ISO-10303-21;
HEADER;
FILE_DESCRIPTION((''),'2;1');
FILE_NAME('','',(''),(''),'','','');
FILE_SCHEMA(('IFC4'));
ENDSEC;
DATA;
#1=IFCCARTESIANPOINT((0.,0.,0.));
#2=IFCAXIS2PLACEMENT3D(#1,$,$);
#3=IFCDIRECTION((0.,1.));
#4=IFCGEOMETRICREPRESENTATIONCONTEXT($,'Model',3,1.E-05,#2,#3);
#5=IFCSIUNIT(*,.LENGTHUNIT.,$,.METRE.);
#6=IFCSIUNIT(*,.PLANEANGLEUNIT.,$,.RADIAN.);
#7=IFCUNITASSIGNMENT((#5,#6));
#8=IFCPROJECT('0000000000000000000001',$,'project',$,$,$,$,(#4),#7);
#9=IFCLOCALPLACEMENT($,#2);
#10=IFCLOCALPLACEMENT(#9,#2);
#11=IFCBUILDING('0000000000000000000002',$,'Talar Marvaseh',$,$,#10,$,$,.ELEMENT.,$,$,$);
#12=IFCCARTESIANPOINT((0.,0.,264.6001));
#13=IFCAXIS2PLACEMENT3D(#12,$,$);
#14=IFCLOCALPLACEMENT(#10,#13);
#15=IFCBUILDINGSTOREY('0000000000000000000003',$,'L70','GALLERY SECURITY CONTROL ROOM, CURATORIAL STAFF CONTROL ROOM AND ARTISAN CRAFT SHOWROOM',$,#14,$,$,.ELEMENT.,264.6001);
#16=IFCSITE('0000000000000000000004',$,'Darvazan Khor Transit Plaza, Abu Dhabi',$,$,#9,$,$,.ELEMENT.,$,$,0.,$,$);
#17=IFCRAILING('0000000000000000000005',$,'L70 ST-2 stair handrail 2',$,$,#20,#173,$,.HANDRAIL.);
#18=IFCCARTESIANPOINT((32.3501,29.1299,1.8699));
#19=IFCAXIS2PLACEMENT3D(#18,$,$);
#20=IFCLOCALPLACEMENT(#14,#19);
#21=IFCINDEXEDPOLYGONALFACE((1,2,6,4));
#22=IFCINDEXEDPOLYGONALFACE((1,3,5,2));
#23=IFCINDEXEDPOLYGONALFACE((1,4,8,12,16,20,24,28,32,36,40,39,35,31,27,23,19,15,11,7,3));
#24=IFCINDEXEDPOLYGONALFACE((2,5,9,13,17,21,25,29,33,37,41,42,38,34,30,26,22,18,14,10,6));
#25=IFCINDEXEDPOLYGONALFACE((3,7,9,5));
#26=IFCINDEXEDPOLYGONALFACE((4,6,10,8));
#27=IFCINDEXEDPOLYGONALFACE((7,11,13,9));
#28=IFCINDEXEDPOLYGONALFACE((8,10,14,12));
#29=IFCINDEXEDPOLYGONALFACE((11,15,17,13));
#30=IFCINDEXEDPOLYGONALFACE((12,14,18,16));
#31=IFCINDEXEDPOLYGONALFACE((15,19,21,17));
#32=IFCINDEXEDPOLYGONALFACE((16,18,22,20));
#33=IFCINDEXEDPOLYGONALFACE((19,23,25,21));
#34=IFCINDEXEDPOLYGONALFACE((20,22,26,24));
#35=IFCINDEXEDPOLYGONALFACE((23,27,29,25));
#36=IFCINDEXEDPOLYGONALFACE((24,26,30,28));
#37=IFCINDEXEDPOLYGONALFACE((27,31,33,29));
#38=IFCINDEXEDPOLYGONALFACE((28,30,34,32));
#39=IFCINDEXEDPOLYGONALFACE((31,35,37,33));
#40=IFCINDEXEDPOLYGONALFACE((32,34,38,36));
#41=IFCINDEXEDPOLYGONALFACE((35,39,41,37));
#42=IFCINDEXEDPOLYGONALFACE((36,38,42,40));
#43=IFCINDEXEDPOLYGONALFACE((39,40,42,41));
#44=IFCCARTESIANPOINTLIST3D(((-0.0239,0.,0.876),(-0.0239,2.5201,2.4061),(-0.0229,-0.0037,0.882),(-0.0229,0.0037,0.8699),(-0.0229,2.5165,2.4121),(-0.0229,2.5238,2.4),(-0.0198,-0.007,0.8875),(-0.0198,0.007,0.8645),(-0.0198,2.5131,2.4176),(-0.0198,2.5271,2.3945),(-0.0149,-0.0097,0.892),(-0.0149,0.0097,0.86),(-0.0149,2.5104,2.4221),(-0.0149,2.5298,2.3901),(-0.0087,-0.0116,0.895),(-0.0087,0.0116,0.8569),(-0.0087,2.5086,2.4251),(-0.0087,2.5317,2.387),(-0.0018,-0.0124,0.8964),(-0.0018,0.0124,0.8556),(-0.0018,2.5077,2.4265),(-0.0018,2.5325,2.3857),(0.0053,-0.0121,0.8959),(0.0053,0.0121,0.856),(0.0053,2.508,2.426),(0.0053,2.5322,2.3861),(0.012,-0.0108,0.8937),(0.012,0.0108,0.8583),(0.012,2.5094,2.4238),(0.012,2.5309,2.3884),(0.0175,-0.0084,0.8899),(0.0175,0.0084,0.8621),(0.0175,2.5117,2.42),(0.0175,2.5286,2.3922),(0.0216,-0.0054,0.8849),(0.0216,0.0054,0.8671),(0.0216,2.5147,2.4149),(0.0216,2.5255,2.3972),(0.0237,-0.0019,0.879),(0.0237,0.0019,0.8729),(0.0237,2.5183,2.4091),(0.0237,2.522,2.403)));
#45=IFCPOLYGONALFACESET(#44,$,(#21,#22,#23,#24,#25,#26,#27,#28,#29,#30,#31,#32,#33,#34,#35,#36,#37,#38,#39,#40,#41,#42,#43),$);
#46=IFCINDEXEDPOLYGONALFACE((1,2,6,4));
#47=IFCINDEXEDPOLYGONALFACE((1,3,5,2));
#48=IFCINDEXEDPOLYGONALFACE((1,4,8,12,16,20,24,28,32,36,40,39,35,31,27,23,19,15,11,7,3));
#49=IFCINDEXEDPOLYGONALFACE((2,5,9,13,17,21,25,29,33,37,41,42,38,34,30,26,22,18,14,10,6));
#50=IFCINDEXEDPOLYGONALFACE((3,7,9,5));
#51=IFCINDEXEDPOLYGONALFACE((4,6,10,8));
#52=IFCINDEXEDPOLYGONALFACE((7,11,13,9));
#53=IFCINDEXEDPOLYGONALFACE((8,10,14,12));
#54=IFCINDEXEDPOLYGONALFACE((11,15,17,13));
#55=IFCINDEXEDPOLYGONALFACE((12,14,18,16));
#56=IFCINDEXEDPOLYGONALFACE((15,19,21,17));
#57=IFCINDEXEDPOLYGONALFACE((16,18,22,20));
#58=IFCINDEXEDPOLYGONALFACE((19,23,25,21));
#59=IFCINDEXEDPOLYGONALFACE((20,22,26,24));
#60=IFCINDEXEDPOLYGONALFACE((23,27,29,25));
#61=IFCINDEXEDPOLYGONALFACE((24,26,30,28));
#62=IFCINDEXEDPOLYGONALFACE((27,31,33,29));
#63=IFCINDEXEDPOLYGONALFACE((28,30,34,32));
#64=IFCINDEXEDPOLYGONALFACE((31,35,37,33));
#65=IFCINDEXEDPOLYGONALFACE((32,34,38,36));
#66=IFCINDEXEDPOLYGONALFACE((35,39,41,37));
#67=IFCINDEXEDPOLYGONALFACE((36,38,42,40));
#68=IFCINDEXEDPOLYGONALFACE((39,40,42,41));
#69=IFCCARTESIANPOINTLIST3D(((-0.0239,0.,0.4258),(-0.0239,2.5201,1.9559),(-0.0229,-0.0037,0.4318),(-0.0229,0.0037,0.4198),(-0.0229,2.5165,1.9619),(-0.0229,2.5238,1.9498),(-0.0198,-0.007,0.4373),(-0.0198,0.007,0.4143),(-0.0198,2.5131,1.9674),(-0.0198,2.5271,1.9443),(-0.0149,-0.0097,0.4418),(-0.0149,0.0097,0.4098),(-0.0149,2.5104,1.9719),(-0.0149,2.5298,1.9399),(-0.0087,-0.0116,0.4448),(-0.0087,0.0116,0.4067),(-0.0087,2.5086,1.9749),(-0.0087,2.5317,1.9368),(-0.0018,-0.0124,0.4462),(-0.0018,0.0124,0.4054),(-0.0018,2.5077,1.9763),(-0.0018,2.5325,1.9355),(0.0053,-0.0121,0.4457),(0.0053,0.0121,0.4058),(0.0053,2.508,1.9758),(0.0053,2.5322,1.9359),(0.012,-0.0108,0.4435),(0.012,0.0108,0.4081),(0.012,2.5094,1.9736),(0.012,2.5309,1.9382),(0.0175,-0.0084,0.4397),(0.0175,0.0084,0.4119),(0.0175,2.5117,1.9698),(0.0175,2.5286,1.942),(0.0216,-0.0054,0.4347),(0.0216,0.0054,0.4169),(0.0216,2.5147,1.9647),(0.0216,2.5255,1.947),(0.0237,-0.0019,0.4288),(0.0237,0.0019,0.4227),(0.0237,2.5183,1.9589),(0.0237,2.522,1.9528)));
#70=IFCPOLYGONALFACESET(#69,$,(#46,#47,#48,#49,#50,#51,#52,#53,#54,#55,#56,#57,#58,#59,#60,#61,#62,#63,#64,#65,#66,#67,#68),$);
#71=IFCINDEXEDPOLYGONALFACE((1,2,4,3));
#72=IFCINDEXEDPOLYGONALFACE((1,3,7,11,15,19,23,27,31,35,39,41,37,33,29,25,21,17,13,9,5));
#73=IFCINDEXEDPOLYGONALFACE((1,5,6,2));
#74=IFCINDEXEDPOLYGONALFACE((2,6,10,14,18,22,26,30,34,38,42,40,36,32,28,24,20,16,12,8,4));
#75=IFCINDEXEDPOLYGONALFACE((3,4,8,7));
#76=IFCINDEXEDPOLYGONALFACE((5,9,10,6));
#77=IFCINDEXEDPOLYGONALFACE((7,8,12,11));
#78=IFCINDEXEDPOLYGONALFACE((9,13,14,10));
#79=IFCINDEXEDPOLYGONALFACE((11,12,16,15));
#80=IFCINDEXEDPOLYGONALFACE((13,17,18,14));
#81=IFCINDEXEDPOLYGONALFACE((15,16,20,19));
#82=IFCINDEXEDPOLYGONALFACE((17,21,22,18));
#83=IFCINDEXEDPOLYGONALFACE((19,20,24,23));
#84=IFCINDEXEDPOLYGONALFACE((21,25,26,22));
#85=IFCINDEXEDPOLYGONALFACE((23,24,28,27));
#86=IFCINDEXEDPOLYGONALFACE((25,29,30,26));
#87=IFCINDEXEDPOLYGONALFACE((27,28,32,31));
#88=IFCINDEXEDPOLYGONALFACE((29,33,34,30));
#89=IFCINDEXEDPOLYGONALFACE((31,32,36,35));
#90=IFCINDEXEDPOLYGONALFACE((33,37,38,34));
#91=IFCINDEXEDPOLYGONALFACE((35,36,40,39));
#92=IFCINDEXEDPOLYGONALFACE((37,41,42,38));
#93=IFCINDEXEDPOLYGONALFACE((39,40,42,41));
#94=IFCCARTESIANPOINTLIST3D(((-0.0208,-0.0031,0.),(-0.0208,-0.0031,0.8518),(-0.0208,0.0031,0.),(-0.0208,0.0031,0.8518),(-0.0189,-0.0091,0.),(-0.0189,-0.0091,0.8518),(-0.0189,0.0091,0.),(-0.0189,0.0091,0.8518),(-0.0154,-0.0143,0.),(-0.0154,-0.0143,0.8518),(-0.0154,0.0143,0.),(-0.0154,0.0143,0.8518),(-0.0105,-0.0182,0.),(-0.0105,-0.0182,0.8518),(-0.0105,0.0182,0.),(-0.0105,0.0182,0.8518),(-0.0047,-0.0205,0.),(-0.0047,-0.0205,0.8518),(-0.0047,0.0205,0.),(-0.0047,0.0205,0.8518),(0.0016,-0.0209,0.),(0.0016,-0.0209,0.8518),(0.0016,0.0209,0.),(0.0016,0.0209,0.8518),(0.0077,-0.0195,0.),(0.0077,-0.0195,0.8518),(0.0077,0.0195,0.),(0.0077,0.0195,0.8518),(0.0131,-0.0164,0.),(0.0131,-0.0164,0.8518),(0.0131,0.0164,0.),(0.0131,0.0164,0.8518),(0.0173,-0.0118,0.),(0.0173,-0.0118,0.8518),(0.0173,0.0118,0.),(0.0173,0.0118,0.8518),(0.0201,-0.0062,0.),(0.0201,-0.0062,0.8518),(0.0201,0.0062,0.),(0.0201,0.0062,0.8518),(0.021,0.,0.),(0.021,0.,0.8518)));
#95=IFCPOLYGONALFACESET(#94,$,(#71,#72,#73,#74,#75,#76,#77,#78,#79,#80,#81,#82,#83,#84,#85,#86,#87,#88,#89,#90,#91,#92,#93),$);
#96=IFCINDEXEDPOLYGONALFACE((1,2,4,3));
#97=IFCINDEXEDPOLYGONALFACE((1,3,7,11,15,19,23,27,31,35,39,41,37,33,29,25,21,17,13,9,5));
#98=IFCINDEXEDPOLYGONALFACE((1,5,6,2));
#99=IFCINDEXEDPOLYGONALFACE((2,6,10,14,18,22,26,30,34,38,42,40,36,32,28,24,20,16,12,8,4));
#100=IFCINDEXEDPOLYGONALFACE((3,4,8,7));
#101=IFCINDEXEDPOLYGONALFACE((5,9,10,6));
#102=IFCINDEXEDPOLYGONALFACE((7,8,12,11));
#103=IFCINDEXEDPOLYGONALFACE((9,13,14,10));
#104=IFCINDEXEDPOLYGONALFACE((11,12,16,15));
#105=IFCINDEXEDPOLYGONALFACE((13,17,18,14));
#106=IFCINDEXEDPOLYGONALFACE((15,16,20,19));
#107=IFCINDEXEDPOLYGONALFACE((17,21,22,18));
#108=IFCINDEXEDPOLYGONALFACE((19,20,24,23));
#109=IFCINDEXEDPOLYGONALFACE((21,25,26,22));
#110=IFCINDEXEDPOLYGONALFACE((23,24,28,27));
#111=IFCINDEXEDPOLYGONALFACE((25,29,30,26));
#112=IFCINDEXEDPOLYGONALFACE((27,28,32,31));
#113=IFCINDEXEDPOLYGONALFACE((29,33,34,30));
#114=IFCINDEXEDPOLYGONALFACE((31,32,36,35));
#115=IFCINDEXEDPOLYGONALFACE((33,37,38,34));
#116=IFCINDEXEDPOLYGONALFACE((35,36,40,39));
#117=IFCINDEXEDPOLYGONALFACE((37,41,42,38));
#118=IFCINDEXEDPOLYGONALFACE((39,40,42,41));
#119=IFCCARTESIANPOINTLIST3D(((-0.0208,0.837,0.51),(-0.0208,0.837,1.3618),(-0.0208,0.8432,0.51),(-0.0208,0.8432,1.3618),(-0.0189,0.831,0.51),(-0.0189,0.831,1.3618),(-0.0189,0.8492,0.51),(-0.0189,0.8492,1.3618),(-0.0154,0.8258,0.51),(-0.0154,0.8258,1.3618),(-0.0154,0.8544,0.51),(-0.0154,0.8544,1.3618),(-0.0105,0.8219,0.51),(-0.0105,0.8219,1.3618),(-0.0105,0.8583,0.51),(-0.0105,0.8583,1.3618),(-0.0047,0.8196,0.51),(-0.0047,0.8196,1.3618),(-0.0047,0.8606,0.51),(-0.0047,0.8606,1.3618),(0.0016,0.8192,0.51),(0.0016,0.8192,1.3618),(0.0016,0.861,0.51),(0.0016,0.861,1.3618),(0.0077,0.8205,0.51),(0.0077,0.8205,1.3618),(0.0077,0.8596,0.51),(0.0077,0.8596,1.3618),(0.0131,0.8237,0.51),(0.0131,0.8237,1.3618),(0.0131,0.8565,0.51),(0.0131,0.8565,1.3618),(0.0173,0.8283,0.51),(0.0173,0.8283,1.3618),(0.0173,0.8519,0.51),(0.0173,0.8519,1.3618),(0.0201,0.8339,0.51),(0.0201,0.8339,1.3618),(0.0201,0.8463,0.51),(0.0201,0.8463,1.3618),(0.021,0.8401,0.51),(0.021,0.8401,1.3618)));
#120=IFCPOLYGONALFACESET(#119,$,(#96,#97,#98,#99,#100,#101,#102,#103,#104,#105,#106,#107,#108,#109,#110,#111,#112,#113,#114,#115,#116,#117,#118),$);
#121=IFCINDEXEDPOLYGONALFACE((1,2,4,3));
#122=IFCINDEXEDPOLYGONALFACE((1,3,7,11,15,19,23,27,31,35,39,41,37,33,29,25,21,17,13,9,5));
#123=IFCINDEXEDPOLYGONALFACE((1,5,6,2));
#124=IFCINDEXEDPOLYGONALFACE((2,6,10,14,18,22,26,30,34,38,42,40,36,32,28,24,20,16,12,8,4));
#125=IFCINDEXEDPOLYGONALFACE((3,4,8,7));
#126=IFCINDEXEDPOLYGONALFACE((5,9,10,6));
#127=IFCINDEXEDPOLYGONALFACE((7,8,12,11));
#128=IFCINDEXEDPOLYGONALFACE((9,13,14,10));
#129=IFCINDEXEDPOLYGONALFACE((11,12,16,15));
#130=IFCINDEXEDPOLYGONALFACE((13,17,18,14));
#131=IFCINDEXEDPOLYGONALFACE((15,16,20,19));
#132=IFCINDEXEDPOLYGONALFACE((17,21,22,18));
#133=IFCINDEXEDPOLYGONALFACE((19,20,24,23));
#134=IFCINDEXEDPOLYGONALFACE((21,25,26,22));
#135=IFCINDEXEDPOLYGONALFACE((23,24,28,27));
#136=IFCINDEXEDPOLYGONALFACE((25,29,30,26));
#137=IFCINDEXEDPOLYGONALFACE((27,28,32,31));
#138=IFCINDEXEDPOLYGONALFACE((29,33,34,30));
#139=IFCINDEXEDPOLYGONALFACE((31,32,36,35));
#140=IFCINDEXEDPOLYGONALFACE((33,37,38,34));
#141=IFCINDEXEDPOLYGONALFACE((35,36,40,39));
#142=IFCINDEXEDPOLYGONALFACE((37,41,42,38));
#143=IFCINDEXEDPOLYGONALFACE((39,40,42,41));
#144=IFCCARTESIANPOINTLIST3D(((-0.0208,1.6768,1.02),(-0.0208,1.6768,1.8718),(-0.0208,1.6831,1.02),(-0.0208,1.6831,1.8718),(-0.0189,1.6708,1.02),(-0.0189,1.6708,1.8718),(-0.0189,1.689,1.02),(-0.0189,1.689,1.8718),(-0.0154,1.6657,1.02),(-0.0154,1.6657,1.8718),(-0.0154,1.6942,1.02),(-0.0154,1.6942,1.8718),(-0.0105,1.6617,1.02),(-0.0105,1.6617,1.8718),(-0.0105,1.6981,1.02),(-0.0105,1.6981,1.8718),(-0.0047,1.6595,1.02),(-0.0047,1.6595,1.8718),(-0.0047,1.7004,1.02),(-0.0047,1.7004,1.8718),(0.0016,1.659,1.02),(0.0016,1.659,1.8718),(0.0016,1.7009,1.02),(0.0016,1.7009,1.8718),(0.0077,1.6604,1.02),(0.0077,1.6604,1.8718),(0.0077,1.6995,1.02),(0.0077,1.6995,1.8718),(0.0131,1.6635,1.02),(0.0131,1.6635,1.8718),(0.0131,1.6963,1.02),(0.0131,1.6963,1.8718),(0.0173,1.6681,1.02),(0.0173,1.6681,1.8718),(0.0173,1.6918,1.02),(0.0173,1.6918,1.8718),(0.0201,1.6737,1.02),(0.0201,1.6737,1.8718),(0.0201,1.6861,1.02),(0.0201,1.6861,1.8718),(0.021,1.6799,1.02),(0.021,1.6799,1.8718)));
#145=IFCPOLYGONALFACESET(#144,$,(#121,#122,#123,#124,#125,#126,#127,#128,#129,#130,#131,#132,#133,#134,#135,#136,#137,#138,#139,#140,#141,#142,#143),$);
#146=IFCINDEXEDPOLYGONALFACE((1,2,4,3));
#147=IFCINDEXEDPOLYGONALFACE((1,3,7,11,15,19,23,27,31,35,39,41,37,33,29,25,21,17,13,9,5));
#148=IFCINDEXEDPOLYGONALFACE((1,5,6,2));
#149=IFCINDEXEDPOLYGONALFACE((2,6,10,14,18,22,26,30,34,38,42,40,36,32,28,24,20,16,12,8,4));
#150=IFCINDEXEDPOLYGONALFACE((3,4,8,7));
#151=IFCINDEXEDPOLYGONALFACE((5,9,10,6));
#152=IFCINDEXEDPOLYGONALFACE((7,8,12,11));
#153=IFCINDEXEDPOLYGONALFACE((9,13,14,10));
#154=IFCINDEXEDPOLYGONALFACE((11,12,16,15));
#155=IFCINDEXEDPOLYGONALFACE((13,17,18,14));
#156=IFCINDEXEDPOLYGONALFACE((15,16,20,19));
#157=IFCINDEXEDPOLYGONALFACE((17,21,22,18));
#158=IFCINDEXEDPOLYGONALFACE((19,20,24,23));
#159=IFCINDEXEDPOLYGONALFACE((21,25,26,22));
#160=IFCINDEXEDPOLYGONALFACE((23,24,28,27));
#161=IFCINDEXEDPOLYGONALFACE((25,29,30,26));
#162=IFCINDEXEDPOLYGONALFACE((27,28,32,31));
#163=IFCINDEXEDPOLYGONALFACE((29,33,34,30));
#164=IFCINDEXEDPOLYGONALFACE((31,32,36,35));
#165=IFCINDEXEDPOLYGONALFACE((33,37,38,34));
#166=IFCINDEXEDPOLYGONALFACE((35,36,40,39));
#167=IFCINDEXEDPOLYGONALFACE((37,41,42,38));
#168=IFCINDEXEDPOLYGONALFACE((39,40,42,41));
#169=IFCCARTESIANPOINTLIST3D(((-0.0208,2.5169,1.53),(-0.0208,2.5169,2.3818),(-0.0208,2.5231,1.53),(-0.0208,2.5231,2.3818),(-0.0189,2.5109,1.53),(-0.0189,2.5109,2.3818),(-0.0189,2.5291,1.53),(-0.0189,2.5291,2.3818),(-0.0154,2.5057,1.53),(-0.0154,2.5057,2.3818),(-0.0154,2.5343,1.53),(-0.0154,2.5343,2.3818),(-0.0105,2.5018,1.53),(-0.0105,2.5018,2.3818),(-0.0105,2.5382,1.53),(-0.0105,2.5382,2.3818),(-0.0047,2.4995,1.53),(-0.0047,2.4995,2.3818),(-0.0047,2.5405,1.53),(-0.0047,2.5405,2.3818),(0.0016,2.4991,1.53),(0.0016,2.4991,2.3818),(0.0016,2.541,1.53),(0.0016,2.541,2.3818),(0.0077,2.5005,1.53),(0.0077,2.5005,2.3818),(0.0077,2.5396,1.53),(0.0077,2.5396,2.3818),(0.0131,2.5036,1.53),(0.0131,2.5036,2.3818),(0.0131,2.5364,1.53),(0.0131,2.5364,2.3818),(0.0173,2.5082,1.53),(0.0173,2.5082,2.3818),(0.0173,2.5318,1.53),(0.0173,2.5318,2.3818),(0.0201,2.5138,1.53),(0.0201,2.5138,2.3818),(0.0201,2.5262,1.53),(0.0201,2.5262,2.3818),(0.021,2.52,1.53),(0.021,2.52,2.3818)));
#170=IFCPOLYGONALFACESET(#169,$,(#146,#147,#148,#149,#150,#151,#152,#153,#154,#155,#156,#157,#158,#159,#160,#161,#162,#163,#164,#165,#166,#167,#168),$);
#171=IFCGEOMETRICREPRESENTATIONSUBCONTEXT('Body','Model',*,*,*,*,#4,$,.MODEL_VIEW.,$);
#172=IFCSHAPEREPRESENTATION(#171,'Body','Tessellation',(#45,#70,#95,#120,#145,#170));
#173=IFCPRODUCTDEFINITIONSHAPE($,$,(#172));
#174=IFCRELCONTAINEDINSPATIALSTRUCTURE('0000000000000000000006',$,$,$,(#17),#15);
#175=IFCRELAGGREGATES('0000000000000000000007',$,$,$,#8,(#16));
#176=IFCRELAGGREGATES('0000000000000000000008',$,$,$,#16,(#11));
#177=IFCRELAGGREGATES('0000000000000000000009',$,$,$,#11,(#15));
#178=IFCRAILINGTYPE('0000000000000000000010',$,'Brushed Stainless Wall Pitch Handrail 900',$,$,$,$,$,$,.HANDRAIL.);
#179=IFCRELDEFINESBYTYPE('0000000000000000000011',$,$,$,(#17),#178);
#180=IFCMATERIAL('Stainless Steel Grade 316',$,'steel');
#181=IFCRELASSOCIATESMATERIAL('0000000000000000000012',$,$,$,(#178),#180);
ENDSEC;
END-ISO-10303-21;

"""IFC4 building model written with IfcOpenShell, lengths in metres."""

from ifc_helpers import new_model, si_unit, direction, frame, origin, origin_2d, place, context, subcontext, project, spatial, circle, extrude, material, type_object, element, save


model = new_model("IFC4")

# Units and contexts
model_context = context("Model", 3, precision=1e-05, world=origin(), true_north=direction((0.0, 1.0)))
body_context = subcontext(model_context, "Body", "Model", "MODEL_VIEW")
ifc_project = project(units=[si_unit("LENGTHUNIT", "METRE"), si_unit("PLANEANGLEUNIT", "RADIAN")], contexts=[model_context])

# Site, building, storey
site_placement = place(None, origin())
site = spatial("IfcSite", under=ifc_project, at=site_placement, Name="Darvazan Khor Transit Plaza, Abu Dhabi", CompositionType="ELEMENT", RefElevation=0.0)
building_placement = place(site_placement, origin())
building = spatial("IfcBuilding", under=site, at=building_placement, Name="Talar Marvaseh", CompositionType="ELEMENT")
storey_placement = place(building_placement, frame((0.0, 0.0, 264.6001)))
storey = spatial("IfcBuildingStorey", under=building, at=storey_placement, Name="L70", Description="GALLERY SECURITY CONTROL ROOM, CURATORIAL STAFF CONTROL ROOM AND ARTISAN CRAFT SHOWROOM", CompositionType="ELEMENT", Elevation=264.6001)

# Shared definitions
ifc_material_1 = material(Name="Stainless Steel Grade 316", Category="steel")

# Railing
railing_type_1 = type_object("IfcRailingType", Name="Brushed Stainless Wall Pitch Handrail 900", PredefinedType="HANDRAIL", material=ifc_material_1)
railing_1_placement = place(storey_placement, frame((32.3501, 29.1299, 1.8699)))
element("IfcRailing", 1, at=railing_1_placement, inside=storey, type_object=railing_type_1, Name="L70 ST-2 stair handrail 2", PredefinedType="HANDRAIL", context=body_context, shape_type="SweptSolid", body=[
    extrude(circle(Radius=0.0239, at=origin_2d()), frame((0.0, 0.0, 0.876), z_axis=(0.0, 0.854785, 0.518982), x_axis=(-1.0, 0.0, 0.0)), (0.0, 0.0, 1.0), 2.9482),
    extrude(circle(Radius=0.0239, at=origin_2d()), frame((0.0, 0.0, 0.4258), z_axis=(0.0, 0.854785, 0.518982), x_axis=(-1.0, 0.0, 0.0)), (0.0, 0.0, 1.0), 2.9482),
    extrude(circle(Radius=0.021, at=origin_2d()), origin(), (0.0, 0.0, 1.0), 0.8518),
    extrude(circle(Radius=0.021, at=origin_2d()), frame((0.0, 0.8401, 0.51)), (0.0, 0.0, 1.0), 0.8518),
    extrude(circle(Radius=0.021, at=origin_2d()), frame((0.0, 1.6799, 1.02)), (0.0, 0.0, 1.0), 0.8518),
    extrude(circle(Radius=0.021, at=origin_2d()), frame((0.0, 2.52, 1.53)), (0.0, 0.0, 1.0), 0.8518),
])

save(model, "model.ifc")
